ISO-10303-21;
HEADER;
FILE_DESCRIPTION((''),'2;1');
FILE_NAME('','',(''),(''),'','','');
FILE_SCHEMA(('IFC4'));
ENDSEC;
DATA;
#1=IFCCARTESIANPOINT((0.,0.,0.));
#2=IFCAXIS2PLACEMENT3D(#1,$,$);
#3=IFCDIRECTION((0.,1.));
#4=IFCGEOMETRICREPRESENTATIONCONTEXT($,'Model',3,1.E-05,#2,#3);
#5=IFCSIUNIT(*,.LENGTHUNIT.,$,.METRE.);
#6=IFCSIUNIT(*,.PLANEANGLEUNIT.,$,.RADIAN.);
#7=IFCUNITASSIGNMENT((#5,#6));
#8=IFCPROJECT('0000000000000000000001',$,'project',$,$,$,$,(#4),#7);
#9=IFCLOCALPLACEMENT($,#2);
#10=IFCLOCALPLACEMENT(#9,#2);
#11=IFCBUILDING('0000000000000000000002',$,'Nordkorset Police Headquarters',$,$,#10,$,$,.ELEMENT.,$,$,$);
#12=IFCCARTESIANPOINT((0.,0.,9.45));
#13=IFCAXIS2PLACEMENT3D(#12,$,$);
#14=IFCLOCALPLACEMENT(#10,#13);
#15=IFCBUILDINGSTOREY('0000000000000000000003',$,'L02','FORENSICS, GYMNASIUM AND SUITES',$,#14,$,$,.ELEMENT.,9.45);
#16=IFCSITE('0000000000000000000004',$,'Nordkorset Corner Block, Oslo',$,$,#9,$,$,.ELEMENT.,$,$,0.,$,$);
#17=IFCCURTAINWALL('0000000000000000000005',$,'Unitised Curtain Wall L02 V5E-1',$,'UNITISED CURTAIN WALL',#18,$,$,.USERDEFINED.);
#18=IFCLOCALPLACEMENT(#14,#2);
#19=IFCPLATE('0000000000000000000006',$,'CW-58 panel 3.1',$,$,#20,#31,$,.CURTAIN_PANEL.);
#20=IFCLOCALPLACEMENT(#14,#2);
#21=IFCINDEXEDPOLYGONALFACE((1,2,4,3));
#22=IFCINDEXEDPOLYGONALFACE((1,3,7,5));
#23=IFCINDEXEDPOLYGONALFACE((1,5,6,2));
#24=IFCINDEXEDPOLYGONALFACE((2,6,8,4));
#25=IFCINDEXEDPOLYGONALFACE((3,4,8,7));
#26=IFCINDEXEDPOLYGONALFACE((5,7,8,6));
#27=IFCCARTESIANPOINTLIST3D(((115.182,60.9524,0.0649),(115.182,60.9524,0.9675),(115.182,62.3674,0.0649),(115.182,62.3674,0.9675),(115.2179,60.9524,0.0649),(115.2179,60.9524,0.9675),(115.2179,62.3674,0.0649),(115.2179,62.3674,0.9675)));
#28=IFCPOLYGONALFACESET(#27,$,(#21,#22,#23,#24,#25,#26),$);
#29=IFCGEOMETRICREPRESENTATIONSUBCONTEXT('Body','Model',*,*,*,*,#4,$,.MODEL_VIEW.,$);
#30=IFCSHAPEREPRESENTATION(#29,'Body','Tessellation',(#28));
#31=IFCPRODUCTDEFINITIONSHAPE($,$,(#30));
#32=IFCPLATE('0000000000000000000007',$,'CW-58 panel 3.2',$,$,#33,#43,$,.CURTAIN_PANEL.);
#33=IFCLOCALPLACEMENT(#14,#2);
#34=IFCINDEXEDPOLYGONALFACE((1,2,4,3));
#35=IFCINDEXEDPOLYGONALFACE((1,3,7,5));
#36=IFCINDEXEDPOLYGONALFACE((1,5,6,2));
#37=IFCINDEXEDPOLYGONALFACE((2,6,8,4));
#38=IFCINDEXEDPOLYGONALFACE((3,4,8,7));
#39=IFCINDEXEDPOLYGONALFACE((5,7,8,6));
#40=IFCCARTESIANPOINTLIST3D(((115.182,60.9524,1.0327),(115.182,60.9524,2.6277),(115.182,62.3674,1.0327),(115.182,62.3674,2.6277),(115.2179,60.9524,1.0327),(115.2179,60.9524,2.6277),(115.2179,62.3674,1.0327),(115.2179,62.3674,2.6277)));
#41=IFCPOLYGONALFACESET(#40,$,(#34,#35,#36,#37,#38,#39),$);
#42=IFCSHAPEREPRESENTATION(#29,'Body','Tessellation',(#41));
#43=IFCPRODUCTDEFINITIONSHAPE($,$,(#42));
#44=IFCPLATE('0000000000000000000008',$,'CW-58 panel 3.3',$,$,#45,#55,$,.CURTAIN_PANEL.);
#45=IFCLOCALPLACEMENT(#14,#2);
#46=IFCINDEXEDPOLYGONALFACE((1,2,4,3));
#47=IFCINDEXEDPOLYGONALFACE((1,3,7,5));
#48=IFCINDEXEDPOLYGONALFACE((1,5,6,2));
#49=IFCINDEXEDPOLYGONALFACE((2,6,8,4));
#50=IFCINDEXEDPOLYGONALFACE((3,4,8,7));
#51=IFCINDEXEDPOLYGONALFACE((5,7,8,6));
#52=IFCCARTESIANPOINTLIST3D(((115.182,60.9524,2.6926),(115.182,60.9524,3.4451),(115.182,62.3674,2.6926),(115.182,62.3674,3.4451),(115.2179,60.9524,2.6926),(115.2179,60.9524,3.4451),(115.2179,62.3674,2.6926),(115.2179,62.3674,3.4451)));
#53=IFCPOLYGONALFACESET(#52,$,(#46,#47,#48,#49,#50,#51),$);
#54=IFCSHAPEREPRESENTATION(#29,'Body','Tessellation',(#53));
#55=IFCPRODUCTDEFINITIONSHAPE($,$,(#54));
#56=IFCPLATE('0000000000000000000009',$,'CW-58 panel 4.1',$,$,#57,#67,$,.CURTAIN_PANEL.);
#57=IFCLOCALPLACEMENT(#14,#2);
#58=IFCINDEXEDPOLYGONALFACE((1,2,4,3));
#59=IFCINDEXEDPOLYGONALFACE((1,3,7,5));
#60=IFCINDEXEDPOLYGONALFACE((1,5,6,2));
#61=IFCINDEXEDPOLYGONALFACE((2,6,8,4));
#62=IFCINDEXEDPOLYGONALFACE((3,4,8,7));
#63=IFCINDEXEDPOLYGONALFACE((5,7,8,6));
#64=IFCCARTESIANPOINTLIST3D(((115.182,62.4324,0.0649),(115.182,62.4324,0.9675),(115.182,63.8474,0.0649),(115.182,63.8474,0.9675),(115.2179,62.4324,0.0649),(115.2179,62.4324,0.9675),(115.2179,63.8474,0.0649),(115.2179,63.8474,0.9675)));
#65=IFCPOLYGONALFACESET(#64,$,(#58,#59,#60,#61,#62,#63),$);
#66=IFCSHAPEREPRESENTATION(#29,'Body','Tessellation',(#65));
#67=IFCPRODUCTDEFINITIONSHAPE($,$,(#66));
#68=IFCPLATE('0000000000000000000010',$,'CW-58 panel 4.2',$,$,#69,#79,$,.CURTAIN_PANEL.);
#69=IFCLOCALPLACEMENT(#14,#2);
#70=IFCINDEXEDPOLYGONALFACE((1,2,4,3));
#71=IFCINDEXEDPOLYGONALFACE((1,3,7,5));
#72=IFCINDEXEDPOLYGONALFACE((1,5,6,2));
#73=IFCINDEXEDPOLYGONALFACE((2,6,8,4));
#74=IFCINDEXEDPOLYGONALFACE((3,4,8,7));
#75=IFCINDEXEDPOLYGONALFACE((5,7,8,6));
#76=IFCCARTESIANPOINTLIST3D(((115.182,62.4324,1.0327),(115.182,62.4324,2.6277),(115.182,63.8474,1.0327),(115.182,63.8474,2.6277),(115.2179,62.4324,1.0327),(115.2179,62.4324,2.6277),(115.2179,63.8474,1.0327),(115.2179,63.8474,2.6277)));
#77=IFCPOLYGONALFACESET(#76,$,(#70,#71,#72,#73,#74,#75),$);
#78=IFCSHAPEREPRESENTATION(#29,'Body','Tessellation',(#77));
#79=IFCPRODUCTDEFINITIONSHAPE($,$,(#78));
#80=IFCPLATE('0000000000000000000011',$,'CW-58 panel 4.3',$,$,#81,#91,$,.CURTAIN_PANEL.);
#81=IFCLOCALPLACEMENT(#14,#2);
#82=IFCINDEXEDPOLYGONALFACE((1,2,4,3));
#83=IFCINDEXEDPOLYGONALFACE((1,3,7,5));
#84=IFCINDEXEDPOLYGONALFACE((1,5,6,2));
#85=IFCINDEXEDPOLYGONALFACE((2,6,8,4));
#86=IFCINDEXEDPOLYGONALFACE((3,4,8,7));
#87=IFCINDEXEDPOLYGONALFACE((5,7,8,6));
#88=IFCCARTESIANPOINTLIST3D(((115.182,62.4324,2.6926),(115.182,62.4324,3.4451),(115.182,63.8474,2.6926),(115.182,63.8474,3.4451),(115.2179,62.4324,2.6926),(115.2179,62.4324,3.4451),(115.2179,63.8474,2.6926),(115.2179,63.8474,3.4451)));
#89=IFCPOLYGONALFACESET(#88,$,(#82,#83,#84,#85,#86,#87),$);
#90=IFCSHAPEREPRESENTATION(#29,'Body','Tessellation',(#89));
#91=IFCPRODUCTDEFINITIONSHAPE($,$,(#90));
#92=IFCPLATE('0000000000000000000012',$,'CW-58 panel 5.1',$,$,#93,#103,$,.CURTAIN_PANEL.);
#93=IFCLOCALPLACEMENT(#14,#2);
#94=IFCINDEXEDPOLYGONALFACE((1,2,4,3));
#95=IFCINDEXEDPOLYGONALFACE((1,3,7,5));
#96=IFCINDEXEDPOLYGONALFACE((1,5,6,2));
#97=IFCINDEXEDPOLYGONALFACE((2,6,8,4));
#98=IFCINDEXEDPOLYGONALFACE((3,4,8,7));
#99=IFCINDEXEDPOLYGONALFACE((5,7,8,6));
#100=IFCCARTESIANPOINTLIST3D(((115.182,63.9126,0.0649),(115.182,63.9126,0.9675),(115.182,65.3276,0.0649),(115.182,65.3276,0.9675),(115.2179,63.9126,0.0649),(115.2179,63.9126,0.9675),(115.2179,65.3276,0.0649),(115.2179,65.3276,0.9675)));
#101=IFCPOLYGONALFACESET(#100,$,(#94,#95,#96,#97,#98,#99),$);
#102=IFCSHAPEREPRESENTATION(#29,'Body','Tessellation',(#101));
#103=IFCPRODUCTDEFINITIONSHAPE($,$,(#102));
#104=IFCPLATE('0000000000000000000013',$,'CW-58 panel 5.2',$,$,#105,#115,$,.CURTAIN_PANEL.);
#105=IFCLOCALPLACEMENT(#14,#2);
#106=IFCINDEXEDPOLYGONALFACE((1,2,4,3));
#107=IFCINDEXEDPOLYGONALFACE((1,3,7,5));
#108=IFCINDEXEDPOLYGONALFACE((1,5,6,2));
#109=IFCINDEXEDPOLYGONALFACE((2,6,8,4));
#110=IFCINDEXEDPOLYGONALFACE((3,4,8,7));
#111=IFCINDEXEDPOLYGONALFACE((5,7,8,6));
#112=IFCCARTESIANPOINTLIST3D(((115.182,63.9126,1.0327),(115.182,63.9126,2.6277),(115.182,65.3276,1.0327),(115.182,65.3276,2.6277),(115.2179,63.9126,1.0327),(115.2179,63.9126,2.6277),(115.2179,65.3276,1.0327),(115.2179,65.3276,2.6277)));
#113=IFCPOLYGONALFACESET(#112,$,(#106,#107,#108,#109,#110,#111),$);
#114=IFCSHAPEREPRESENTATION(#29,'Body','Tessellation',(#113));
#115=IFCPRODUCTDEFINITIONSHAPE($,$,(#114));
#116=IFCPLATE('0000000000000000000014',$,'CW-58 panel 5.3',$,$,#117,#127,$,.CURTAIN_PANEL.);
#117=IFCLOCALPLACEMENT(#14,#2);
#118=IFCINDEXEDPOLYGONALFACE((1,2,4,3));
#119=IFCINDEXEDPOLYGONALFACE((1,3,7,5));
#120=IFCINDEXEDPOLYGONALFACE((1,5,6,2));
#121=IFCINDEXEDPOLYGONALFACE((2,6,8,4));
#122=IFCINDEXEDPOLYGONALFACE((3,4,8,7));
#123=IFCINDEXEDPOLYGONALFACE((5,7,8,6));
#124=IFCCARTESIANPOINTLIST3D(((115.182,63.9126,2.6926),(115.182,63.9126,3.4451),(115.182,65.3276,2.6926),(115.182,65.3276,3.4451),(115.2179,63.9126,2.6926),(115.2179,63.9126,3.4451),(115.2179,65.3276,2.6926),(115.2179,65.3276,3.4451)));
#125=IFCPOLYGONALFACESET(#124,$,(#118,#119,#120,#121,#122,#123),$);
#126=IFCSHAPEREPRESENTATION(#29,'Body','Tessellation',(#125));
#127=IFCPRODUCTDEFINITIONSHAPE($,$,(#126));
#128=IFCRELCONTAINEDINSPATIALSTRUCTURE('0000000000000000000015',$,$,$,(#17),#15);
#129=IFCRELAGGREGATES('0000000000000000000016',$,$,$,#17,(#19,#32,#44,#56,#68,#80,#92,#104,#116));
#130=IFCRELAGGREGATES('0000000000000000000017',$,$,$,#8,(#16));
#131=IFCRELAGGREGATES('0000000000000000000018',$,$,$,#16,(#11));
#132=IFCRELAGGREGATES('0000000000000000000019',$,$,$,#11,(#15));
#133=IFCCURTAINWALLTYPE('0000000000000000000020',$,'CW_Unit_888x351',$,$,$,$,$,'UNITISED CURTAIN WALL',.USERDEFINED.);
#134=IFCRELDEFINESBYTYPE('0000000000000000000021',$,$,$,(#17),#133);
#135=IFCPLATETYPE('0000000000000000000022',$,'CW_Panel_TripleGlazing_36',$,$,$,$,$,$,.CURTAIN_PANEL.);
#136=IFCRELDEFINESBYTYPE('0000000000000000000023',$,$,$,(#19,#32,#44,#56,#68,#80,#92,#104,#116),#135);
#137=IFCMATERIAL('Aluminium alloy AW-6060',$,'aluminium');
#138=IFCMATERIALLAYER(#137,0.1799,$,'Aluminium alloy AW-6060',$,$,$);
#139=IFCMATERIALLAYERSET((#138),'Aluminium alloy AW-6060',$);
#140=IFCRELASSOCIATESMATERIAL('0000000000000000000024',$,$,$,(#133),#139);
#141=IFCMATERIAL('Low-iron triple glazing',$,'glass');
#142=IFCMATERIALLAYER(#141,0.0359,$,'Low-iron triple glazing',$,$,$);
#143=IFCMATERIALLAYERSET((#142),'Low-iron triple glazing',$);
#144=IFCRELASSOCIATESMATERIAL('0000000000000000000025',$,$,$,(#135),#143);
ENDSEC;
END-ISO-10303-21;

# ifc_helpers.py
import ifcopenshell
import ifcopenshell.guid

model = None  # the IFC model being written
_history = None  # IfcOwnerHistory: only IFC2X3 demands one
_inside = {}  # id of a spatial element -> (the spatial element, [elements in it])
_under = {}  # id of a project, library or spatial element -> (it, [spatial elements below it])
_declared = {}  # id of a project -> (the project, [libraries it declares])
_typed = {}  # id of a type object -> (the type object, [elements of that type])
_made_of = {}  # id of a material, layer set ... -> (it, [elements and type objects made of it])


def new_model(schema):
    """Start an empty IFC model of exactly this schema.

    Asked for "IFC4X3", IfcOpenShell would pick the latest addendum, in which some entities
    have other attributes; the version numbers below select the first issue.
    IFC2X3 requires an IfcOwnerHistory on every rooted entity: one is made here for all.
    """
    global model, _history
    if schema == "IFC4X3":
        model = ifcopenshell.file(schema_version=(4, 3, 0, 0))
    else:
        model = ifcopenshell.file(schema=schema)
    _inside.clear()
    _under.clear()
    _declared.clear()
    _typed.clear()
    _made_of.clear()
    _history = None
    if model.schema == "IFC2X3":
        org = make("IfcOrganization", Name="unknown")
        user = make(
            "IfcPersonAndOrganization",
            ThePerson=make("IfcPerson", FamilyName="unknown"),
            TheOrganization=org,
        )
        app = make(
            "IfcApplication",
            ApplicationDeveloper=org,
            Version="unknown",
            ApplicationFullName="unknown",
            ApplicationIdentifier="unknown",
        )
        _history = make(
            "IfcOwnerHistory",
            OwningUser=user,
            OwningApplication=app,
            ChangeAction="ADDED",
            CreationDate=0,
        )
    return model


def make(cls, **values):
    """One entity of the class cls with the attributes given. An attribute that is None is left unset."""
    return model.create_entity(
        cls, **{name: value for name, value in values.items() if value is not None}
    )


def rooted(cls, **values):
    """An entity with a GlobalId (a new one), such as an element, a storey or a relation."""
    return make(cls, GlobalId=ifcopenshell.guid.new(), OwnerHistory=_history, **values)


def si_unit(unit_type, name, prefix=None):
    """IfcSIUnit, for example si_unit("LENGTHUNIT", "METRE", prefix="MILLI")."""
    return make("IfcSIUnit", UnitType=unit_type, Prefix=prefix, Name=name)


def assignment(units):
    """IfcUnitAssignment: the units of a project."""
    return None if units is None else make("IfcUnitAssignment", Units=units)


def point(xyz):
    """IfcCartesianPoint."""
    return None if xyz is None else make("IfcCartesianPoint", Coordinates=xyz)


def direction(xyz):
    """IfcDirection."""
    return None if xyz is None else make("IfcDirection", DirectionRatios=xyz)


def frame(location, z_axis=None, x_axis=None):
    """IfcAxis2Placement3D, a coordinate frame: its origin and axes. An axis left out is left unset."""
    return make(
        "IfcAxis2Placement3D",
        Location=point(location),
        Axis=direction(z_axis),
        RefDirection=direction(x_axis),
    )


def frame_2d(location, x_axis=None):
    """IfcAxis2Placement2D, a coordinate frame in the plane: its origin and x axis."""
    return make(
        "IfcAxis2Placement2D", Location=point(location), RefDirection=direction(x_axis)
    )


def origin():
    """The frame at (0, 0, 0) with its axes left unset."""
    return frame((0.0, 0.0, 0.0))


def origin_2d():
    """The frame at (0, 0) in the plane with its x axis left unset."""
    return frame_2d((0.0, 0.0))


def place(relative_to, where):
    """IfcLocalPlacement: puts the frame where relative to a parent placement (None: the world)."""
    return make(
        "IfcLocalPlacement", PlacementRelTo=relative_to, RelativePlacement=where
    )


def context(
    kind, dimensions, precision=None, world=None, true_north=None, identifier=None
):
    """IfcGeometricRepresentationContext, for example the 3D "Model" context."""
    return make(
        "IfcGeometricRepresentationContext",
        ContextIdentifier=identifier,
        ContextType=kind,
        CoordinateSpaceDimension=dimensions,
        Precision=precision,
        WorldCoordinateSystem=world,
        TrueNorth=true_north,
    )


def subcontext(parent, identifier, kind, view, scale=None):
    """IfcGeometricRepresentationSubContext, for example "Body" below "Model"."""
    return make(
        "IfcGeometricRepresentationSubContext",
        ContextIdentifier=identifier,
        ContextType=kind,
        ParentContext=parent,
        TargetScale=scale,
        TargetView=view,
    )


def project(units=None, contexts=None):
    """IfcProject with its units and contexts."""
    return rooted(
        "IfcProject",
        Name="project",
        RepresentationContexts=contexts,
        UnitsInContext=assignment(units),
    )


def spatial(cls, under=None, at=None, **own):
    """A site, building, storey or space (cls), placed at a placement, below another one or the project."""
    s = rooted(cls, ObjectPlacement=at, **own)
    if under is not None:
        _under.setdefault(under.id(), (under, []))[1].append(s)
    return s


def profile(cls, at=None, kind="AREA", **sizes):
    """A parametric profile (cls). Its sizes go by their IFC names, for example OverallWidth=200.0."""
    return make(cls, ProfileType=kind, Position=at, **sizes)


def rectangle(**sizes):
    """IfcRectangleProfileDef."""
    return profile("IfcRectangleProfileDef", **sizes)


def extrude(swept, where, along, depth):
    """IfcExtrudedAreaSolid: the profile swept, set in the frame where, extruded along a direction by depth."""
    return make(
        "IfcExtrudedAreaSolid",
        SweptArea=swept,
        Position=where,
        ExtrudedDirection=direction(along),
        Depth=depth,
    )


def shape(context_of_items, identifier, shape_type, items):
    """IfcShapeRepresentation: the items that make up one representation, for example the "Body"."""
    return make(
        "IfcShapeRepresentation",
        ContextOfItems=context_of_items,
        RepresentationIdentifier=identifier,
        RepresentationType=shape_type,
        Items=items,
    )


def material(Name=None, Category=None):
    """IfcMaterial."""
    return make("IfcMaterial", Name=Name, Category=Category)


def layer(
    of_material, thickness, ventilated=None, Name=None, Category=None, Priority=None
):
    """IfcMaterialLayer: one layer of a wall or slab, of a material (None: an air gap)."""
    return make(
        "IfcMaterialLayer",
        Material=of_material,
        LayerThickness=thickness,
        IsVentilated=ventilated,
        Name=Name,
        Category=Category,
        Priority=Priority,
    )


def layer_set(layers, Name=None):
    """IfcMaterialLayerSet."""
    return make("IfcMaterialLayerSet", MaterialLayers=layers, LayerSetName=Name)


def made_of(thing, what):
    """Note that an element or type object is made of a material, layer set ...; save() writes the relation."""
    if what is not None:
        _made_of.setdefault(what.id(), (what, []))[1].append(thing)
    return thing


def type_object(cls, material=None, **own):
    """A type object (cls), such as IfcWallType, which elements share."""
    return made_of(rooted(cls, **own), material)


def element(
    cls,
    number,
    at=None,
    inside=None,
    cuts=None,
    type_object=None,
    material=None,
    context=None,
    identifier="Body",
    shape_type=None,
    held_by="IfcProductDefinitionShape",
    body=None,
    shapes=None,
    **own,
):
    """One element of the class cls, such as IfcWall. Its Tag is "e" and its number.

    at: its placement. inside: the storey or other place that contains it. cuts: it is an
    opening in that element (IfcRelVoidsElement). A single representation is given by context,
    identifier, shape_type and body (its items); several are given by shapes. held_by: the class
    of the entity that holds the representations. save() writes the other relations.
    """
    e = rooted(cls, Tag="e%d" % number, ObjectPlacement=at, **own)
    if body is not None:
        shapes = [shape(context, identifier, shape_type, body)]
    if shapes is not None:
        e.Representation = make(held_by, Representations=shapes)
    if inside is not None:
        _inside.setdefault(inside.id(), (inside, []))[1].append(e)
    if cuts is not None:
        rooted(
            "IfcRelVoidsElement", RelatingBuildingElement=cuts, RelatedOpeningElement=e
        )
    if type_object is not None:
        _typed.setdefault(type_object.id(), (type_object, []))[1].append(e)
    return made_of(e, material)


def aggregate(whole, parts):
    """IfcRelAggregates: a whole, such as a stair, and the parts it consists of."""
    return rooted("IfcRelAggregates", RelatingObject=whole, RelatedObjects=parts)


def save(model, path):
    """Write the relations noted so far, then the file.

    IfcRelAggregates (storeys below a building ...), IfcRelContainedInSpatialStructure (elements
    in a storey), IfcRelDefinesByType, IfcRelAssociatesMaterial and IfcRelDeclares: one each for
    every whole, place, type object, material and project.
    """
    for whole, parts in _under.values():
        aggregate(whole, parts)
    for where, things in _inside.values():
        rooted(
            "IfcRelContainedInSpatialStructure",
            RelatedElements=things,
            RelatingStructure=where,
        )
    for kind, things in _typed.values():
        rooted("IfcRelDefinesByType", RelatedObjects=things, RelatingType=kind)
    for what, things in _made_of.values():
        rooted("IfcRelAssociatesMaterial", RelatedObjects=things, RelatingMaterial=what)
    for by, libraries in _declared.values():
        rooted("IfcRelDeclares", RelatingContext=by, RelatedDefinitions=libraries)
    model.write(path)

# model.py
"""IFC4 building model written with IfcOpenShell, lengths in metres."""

from ifc_helpers import new_model, si_unit, direction, frame, origin, origin_2d, place, context, subcontext, project, spatial, rectangle, extrude, material, layer, layer_set, type_object, element, aggregate, save


model = new_model("IFC4")

# Units and contexts
model_context = context("Model", 3, precision=1e-05, world=origin(), true_north=direction((0.0, 1.0)))
body_context = subcontext(model_context, "Body", "Model", "MODEL_VIEW")
ifc_project = project(units=[si_unit("LENGTHUNIT", "METRE"), si_unit("PLANEANGLEUNIT", "RADIAN")], contexts=[model_context])

# Site, building, storey
site_placement = place(None, origin())
site = spatial("IfcSite", under=ifc_project, at=site_placement, Name="Nordkorset Corner Block, Oslo", CompositionType="ELEMENT", RefElevation=0.0)
building_placement = place(site_placement, origin())
building = spatial("IfcBuilding", under=site, at=building_placement, Name="Nordkorset Police Headquarters", CompositionType="ELEMENT")
storey_placement = place(building_placement, frame((0.0, 0.0, 9.45)))
storey = spatial("IfcBuildingStorey", under=building, at=storey_placement, Name="L02", Description="FORENSICS, GYMNASIUM AND SUITES", CompositionType="ELEMENT", Elevation=9.45)

# Curtain wall, plates
ifc_material_1 = material(Name="Aluminium alloy AW-6060", Category="aluminium")
ifc_layer_1 = layer(ifc_material_1, 0.1799, Name="Aluminium alloy AW-6060")
ifc_layer_set_1 = layer_set([ifc_layer_1], Name="Aluminium alloy AW-6060")
curtain_wall_type = type_object("IfcCurtainWallType", Name="CW_Unit_888x351", ElementType="UNITISED CURTAIN WALL", PredefinedType="USERDEFINED", material=ifc_layer_set_1)
curtain_wall_placement = place(storey_placement, origin())
curtain_wall = element("IfcCurtainWall", 1, at=curtain_wall_placement, inside=storey, type_object=curtain_wall_type, Name="Unitised Curtain Wall L02 V5E-1", ObjectType="UNITISED CURTAIN WALL", PredefinedType="USERDEFINED")
ifc_material_2 = material(Name="Low-iron triple glazing", Category="glass")
ifc_layer_2 = layer(ifc_material_2, 0.0359, Name="Low-iron triple glazing")
ifc_layer_set_2 = layer_set([ifc_layer_2], Name="Low-iron triple glazing")
plate_type = type_object("IfcPlateType", Name="CW_Panel_TripleGlazing_36", PredefinedType="CURTAIN_PANEL", material=ifc_layer_set_2)
plate_1_placement = place(storey_placement, frame((115.2, 61.6599, 0.0649), z_axis=(0.0, 0.0, 1.0), x_axis=(0.0, 1.0, 0.0)))
plate_1 = element("IfcPlate", 2, at=plate_1_placement, type_object=plate_type, Name="CW-58 panel 3.1", PredefinedType="CURTAIN_PANEL", context=body_context, shape_type="SweptSolid", body=[
    extrude(rectangle(XDim=1.415, YDim=0.0359, at=origin_2d()), origin(), (0.0, 0.0, 1.0), 0.9026),
])
plate_2_placement = place(storey_placement, frame((115.2, 61.6599, 1.0327), z_axis=(0.0, 0.0, 1.0), x_axis=(0.0, 1.0, 0.0)))
plate_2 = element("IfcPlate", 3, at=plate_2_placement, type_object=plate_type, Name="CW-58 panel 3.2", PredefinedType="CURTAIN_PANEL", context=body_context, shape_type="SweptSolid", body=[
    extrude(rectangle(XDim=1.415, YDim=0.0359, at=origin_2d()), origin(), (0.0, 0.0, 1.0), 1.595),
])
plate_3_placement = place(storey_placement, frame((115.2, 61.6599, 2.6926), z_axis=(0.0, 0.0, 1.0), x_axis=(0.0, 1.0, 0.0)))
plate_3 = element("IfcPlate", 4, at=plate_3_placement, type_object=plate_type, Name="CW-58 panel 3.3", PredefinedType="CURTAIN_PANEL", context=body_context, shape_type="SweptSolid", body=[
    extrude(rectangle(XDim=1.415, YDim=0.0359, at=origin_2d()), origin(), (0.0, 0.0, 1.0), 0.7524),
])
plate_4_placement = place(storey_placement, frame((115.2, 63.1399, 0.0649), z_axis=(0.0, 0.0, 1.0), x_axis=(0.0, 1.0, 0.0)))
plate_4 = element("IfcPlate", 5, at=plate_4_placement, type_object=plate_type, Name="CW-58 panel 4.1", PredefinedType="CURTAIN_PANEL", context=body_context, shape_type="SweptSolid", body=[
    extrude(rectangle(XDim=1.415, YDim=0.0359, at=origin_2d()), origin(), (0.0, 0.0, 1.0), 0.9026),
])
plate_5_placement = place(storey_placement, frame((115.2, 63.1399, 1.0327), z_axis=(0.0, 0.0, 1.0), x_axis=(0.0, 1.0, 0.0)))
plate_5 = element("IfcPlate", 6, at=plate_5_placement, type_object=plate_type, Name="CW-58 panel 4.2", PredefinedType="CURTAIN_PANEL", context=body_context, shape_type="SweptSolid", body=[
    extrude(rectangle(XDim=1.415, YDim=0.0359, at=origin_2d()), origin(), (0.0, 0.0, 1.0), 1.595),
])
plate_6_placement = place(storey_placement, frame((115.2, 63.1399, 2.6926), z_axis=(0.0, 0.0, 1.0), x_axis=(0.0, 1.0, 0.0)))
plate_6 = element("IfcPlate", 7, at=plate_6_placement, type_object=plate_type, Name="CW-58 panel 4.3", PredefinedType="CURTAIN_PANEL", context=body_context, shape_type="SweptSolid", body=[
    extrude(rectangle(XDim=1.415, YDim=0.0359, at=origin_2d()), origin(), (0.0, 0.0, 1.0), 0.7524),
])
plate_7_placement = place(storey_placement, frame((115.2, 64.6201, 0.0649), z_axis=(0.0, 0.0, 1.0), x_axis=(0.0, 1.0, 0.0)))
plate_7 = element("IfcPlate", 8, at=plate_7_placement, type_object=plate_type, Name="CW-58 panel 5.1", PredefinedType="CURTAIN_PANEL", context=body_context, shape_type="SweptSolid", body=[
    extrude(rectangle(XDim=1.415, YDim=0.0359, at=origin_2d()), origin(), (0.0, 0.0, 1.0), 0.9026),
])
plate_8_placement = place(storey_placement, frame((115.2, 64.6201, 1.0327), z_axis=(0.0, 0.0, 1.0), x_axis=(0.0, 1.0, 0.0)))
plate_8 = element("IfcPlate", 9, at=plate_8_placement, type_object=plate_type, Name="CW-58 panel 5.2", PredefinedType="CURTAIN_PANEL", context=body_context, shape_type="SweptSolid", body=[
    extrude(rectangle(XDim=1.415, YDim=0.0359, at=origin_2d()), origin(), (0.0, 0.0, 1.0), 1.595),
])
plate_9_placement = place(storey_placement, frame((115.2, 64.6201, 2.6926), z_axis=(0.0, 0.0, 1.0), x_axis=(0.0, 1.0, 0.0)))
plate_9 = element("IfcPlate", 10, at=plate_9_placement, type_object=plate_type, Name="CW-58 panel 5.3", PredefinedType="CURTAIN_PANEL", context=body_context, shape_type="SweptSolid", body=[
    extrude(rectangle(XDim=1.415, YDim=0.0359, at=origin_2d()), origin(), (0.0, 0.0, 1.0), 0.7524),
])
aggregate(curtain_wall, [plate_1, plate_2, plate_3, plate_4, plate_5, plate_6, plate_7, plate_8, plate_9])

save(model, "model.ifc")
